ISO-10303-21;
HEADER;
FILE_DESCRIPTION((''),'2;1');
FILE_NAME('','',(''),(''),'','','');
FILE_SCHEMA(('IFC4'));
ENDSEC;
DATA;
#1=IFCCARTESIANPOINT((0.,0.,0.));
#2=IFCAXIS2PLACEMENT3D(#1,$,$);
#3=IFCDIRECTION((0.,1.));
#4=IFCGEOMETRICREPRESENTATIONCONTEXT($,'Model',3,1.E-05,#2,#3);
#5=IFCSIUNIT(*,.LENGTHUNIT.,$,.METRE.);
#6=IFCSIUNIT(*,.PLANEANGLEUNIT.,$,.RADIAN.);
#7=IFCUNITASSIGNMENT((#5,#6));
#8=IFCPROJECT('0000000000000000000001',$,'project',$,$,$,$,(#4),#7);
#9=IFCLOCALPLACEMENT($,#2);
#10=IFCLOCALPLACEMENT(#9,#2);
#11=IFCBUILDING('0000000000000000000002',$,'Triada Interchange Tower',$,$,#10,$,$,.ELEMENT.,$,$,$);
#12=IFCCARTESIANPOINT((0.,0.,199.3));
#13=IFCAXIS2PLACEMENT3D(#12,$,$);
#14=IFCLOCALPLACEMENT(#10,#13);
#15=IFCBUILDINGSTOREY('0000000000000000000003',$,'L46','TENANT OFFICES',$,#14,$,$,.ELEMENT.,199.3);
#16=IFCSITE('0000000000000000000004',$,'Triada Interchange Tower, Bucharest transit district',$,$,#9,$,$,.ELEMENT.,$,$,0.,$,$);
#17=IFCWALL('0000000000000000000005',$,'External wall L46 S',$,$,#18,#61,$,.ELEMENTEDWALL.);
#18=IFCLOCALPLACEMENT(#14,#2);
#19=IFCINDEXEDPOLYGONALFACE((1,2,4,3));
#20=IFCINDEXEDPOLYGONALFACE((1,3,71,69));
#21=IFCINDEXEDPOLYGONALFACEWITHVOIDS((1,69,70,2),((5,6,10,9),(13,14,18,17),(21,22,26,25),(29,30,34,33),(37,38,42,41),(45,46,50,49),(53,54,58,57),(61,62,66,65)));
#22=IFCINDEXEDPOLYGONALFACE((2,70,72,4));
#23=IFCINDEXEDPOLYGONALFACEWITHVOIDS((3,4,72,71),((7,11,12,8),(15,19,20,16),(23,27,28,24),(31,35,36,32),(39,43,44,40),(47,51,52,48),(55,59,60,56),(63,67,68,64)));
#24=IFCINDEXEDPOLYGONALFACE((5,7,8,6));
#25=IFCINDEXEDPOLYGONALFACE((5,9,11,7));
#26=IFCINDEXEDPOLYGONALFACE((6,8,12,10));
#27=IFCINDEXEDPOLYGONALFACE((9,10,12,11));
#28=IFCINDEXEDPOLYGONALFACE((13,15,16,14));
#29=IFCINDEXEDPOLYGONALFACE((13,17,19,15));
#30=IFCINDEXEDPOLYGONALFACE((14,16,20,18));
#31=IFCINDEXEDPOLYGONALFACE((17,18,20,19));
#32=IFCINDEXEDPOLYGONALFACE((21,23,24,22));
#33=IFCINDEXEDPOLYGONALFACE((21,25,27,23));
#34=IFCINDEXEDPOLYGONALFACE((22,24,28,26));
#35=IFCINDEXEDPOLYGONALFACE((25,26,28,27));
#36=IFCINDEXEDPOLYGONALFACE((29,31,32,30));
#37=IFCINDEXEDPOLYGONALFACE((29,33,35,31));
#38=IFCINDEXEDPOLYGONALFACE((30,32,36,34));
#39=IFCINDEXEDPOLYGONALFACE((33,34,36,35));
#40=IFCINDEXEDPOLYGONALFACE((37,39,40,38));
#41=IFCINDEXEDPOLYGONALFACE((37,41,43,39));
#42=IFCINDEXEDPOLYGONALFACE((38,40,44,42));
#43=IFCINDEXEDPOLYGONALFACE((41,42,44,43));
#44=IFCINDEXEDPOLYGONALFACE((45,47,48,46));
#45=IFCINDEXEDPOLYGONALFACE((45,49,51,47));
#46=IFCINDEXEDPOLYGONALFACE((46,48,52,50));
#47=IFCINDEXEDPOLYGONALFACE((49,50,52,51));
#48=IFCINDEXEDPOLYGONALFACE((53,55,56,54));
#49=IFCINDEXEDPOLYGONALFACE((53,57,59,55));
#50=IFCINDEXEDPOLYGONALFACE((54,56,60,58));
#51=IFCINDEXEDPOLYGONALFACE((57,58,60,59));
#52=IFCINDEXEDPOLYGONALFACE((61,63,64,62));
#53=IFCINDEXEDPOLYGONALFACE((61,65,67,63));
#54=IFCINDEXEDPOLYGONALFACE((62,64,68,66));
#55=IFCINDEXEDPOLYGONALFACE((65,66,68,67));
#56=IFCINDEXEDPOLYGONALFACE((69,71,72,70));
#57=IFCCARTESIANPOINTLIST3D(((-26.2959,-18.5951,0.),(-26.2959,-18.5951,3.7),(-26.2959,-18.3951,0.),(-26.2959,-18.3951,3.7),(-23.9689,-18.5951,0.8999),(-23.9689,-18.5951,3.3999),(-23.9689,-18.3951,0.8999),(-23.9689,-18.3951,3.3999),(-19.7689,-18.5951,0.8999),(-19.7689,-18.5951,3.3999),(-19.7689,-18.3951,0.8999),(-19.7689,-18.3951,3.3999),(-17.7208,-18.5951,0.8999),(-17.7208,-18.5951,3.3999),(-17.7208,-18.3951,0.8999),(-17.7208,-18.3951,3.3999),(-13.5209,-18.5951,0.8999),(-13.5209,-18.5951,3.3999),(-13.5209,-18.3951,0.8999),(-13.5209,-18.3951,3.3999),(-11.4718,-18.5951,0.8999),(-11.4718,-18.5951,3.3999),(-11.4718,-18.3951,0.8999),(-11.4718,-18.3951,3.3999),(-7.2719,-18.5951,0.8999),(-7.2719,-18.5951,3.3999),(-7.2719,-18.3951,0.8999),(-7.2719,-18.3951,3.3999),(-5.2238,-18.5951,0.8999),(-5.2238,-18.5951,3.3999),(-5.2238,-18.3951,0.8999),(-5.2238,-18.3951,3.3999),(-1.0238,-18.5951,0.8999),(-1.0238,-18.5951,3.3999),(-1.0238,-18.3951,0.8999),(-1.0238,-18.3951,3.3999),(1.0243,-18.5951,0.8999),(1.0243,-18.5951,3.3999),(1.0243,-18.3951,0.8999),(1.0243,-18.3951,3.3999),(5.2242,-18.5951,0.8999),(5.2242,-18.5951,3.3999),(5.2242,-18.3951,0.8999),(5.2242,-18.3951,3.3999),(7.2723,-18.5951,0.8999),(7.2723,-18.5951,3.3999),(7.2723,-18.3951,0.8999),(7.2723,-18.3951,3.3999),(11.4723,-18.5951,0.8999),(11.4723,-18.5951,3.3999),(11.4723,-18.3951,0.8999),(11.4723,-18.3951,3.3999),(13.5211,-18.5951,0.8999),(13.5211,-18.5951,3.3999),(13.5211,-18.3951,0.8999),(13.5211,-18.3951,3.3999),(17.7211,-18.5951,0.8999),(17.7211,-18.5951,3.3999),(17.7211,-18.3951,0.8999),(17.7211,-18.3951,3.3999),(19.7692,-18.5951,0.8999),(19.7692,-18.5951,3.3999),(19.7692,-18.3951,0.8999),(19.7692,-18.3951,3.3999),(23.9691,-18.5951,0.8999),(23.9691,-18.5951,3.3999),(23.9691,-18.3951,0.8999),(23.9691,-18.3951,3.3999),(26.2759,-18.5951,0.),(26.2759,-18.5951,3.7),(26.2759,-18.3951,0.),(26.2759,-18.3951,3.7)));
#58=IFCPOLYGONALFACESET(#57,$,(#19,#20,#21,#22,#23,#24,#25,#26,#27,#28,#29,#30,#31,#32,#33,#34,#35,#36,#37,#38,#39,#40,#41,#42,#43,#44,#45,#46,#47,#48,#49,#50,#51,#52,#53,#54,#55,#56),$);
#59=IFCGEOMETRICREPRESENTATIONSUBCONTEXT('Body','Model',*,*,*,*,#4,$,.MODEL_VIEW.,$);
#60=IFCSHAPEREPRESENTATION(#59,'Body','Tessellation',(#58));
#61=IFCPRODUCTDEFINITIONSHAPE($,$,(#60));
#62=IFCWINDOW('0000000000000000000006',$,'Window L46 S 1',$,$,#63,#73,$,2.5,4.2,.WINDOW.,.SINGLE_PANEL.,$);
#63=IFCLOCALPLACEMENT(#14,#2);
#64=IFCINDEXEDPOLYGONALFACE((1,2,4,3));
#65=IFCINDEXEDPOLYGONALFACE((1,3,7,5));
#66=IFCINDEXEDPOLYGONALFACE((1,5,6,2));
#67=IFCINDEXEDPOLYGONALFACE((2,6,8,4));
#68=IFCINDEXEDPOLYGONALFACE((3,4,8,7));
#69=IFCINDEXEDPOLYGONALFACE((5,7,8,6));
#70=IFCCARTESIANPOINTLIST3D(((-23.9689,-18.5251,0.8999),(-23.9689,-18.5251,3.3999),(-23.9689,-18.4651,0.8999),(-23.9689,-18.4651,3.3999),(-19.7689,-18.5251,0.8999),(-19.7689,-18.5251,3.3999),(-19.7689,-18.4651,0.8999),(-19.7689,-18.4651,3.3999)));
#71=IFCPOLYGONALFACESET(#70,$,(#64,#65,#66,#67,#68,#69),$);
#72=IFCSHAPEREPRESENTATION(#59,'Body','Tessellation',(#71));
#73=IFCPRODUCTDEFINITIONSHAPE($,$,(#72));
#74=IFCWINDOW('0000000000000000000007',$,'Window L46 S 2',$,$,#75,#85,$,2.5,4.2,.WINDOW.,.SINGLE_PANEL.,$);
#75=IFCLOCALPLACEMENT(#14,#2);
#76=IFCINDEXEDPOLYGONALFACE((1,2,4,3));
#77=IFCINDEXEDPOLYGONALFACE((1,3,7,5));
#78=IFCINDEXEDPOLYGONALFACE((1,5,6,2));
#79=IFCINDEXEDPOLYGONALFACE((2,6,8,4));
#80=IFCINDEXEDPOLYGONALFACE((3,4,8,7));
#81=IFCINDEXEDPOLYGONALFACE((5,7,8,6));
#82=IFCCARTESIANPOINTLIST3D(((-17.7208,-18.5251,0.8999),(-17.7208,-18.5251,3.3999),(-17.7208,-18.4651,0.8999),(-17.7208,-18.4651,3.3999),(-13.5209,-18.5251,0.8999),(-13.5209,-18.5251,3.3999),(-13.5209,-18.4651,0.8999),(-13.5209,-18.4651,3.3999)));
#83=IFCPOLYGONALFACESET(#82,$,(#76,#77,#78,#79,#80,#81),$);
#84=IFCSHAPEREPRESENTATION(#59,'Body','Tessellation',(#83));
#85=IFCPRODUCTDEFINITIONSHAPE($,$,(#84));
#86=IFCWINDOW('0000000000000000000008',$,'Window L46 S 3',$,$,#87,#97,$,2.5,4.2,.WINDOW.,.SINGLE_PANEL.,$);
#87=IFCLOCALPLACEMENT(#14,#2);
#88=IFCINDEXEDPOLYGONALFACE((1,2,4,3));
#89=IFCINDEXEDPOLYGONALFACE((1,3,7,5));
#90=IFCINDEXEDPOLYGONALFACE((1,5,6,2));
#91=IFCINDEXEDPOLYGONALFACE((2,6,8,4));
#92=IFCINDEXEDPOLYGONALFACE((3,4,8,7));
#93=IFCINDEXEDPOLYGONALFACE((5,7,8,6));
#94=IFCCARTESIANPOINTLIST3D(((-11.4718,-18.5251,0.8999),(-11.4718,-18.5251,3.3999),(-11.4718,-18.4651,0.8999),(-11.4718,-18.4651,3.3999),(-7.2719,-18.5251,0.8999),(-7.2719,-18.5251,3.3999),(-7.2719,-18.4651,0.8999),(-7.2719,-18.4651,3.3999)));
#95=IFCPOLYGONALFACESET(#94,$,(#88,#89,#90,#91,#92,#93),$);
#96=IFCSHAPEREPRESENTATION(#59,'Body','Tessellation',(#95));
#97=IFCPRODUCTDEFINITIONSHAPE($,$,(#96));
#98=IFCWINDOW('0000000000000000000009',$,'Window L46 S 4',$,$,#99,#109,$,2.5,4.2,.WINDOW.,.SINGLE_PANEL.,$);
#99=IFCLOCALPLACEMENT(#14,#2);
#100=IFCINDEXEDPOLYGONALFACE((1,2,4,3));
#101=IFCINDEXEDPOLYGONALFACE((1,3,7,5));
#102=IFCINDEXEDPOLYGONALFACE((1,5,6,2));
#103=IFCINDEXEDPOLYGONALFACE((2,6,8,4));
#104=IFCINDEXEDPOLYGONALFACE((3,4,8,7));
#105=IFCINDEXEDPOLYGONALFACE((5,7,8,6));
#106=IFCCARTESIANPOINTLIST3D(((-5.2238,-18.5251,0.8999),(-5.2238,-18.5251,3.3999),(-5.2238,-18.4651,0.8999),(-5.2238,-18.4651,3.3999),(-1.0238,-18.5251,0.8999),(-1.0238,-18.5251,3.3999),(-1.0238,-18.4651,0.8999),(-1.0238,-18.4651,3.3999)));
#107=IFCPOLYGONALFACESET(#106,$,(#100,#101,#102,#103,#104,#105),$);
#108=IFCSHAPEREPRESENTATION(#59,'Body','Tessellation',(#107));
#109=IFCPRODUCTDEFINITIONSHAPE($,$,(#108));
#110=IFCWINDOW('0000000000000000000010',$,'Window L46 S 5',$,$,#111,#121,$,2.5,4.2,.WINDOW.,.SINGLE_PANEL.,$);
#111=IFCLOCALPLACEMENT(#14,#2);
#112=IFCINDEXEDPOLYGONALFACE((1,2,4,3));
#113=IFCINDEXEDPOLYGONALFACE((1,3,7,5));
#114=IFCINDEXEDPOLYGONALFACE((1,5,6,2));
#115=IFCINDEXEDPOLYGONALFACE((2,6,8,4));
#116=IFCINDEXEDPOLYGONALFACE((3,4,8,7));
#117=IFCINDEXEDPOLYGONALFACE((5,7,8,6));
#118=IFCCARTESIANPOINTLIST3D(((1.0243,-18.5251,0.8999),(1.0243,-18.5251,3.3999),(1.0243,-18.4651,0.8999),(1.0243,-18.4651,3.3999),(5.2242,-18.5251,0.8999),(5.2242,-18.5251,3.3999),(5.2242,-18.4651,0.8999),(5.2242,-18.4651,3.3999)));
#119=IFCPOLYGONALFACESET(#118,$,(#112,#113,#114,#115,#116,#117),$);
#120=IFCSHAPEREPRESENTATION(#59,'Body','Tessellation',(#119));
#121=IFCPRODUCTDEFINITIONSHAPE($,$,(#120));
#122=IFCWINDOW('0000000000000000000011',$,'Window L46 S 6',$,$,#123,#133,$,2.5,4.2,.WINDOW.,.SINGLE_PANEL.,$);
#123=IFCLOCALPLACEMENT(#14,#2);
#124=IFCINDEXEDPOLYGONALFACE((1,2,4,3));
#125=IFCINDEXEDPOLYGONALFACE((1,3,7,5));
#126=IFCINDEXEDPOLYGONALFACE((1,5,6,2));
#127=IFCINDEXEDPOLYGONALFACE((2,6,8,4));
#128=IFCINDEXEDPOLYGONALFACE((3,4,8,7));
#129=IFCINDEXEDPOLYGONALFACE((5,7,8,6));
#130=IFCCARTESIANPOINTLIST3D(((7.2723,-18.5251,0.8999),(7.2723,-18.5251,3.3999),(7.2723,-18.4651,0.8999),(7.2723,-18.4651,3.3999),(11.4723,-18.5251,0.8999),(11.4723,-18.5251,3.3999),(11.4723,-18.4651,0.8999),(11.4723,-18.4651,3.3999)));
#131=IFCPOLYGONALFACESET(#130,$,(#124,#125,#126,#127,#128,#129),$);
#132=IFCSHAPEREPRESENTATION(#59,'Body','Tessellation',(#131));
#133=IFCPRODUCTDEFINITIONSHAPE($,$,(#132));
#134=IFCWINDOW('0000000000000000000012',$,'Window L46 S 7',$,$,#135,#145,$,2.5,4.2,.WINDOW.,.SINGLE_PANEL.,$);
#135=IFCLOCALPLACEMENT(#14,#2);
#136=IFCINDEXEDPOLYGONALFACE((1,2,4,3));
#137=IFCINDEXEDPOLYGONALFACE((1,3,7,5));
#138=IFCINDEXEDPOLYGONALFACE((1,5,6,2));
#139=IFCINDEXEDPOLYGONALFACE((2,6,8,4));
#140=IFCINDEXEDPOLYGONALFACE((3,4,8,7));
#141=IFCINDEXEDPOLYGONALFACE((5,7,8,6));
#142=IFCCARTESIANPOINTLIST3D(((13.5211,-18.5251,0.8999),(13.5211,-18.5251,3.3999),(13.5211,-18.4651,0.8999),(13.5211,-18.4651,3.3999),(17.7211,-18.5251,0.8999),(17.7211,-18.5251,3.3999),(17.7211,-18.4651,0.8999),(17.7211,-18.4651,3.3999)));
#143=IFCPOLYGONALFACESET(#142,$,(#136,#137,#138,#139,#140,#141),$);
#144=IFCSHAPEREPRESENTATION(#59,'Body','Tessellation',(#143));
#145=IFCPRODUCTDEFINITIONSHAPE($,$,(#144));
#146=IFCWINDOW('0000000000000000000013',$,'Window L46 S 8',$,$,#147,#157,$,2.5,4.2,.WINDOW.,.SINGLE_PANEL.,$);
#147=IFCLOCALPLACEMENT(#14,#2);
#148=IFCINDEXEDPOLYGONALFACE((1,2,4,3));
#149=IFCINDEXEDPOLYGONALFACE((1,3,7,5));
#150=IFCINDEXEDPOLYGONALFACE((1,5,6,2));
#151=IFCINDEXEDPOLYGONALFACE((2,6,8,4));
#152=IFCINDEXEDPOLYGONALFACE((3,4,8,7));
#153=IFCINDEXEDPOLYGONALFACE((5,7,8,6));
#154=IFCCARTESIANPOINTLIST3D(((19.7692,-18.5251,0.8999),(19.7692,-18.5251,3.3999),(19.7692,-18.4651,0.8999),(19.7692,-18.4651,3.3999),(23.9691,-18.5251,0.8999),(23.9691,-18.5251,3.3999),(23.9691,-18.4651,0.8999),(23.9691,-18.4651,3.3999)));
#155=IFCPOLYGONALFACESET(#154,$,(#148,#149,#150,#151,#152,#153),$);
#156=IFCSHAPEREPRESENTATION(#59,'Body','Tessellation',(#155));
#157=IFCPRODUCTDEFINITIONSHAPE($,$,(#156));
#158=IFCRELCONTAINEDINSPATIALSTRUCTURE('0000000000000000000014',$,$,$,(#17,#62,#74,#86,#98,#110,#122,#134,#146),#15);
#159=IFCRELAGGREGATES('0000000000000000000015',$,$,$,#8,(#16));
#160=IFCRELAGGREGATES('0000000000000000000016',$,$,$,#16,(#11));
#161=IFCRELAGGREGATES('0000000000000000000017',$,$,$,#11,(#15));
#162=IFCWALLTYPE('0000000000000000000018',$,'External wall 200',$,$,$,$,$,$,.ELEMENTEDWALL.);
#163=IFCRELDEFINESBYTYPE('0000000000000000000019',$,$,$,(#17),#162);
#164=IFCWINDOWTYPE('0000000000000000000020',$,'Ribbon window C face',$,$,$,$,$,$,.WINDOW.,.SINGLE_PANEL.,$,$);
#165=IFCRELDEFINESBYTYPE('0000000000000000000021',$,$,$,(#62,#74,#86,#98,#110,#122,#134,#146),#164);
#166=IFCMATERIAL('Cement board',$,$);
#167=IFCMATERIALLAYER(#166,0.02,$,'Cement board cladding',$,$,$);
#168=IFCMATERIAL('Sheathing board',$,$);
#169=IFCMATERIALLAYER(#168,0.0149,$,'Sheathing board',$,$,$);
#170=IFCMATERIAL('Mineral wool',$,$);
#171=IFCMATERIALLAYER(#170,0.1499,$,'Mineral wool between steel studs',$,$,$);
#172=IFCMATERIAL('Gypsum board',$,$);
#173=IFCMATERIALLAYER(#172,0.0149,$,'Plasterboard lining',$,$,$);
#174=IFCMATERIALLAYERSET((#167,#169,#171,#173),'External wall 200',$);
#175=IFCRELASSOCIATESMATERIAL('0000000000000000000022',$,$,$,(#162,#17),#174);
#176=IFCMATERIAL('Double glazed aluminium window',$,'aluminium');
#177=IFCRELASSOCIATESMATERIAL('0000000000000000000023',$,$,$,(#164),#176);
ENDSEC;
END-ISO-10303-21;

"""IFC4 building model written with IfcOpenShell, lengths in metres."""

from ifc_helpers import new_model, si_unit, direction, frame, frame_2d, origin, place, context, subcontext, project, spatial, rectangle, extrude, material, layer, layer_set, layer_usage, type_object, element, fill, save


model = new_model("IFC4")

# Units and contexts
model_context = context("Model", 3, precision=1e-05, world=origin(), true_north=direction((0.0, 1.0)))
body_context = subcontext(model_context, "Body", "Model", "MODEL_VIEW")
ifc_project = project(units=[si_unit("LENGTHUNIT", "METRE"), si_unit("PLANEANGLEUNIT", "RADIAN")], contexts=[model_context])

# Site, building, storey
site_placement = place(None, origin())
site = spatial("IfcSite", under=ifc_project, at=site_placement, Name="Triada Interchange Tower, Bucharest transit district", CompositionType="ELEMENT", RefElevation=0.0)
building_placement = place(site_placement, origin())
building = spatial("IfcBuilding", under=site, at=building_placement, Name="Triada Interchange Tower", CompositionType="ELEMENT")
storey_placement = place(building_placement, frame((0.0, 0.0, 199.3)))
storey = spatial("IfcBuildingStorey", under=building, at=storey_placement, Name="L46", Description="TENANT OFFICES", CompositionType="ELEMENT", Elevation=199.3)

# Shared definitions
ifc_material_1 = material(Name="Cement board")
ifc_layer_1 = layer(ifc_material_1, 0.02, Name="Cement board cladding")
ifc_material_2 = material(Name="Sheathing board")
ifc_layer_2 = layer(ifc_material_2, 0.0149, Name="Sheathing board")
ifc_material_3 = material(Name="Mineral wool")
ifc_layer_3 = layer(ifc_material_3, 0.1499, Name="Mineral wool between steel studs")
ifc_material_4 = material(Name="Gypsum board")
ifc_layer_4 = layer(ifc_material_4, 0.0149, Name="Plasterboard lining")
ifc_layer_set_1 = layer_set([ifc_layer_1, ifc_layer_2, ifc_layer_3, ifc_layer_4], Name="External wall 200")
ifc_layer_usage = layer_usage(ifc_layer_set_1, "AXIS2", "POSITIVE", -0.1001)
wall_type_1 = type_object("IfcWallType", Name="External wall 200", PredefinedType="ELEMENTEDWALL", material=ifc_layer_set_1)
ifc_material_5 = material(Name="Double glazed aluminium window", Category="aluminium")

# Wall, openings, windows
wall_1_placement = place(storey_placement, frame((-26.2959, -18.4951, 0.0), z_axis=(0.0, 0.0, 1.0), x_axis=(1.0, 0.0, 0.0)))
wall_1 = element("IfcWall", 1, at=wall_1_placement, inside=storey, type_object=wall_type_1, material=ifc_layer_usage, Name="External wall L46 S", PredefinedType="ELEMENTEDWALL", context=body_context, shape_type="SweptSolid", body=[
    extrude(rectangle(XDim=52.5718, YDim=0.2, at=frame_2d((26.2859, 0.0))), origin(), (0.0, 0.0, 1.0), 3.7),
])
opening_1_placement = place(wall_1_placement, frame((2.3269, 0.0, 0.8999)))
opening_1 = element("IfcOpeningElement", 2, at=opening_1_placement, cuts=wall_1, PredefinedType="OPENING", context=body_context, shape_type="SweptSolid", body=[
    extrude(rectangle(XDim=4.2, YDim=2.5, at=frame_2d((2.1001, 1.25))), frame((0.0, 0.1099, 0.0), z_axis=(0.0, -1.0, 0.0), x_axis=(1.0, 0.0, 0.0)), (0.0, 0.0, 1.0), 0.22),
])
opening_2_placement = place(wall_1_placement, frame((8.575, 0.0, 0.8999)))
opening_2 = element("IfcOpeningElement", 3, at=opening_2_placement, cuts=wall_1, PredefinedType="OPENING", context=body_context, shape_type="SweptSolid", body=[
    extrude(rectangle(XDim=4.2, YDim=2.5, at=frame_2d((2.1001, 1.25))), frame((0.0, 0.1099, 0.0), z_axis=(0.0, -1.0, 0.0), x_axis=(1.0, 0.0, 0.0)), (0.0, 0.0, 1.0), 0.22),
])
opening_3_placement = place(wall_1_placement, frame((14.824, 0.0, 0.8999)))
opening_3 = element("IfcOpeningElement", 4, at=opening_3_placement, cuts=wall_1, PredefinedType="OPENING", context=body_context, shape_type="SweptSolid", body=[
    extrude(rectangle(XDim=4.2, YDim=2.5, at=frame_2d((2.1001, 1.25))), frame((0.0, 0.1099, 0.0), z_axis=(0.0, -1.0, 0.0), x_axis=(1.0, 0.0, 0.0)), (0.0, 0.0, 1.0), 0.22),
])
opening_4_placement = place(wall_1_placement, frame((21.072, 0.0, 0.8999)))
opening_4 = element("IfcOpeningElement", 5, at=opening_4_placement, cuts=wall_1, PredefinedType="OPENING", context=body_context, shape_type="SweptSolid", body=[
    extrude(rectangle(XDim=4.2, YDim=2.5, at=frame_2d((2.1001, 1.25))), frame((0.0, 0.1099, 0.0), z_axis=(0.0, -1.0, 0.0), x_axis=(1.0, 0.0, 0.0)), (0.0, 0.0, 1.0), 0.22),
])
opening_5_placement = place(wall_1_placement, frame((27.3201, 0.0, 0.8999)))
opening_5 = element("IfcOpeningElement", 6, at=opening_5_placement, cuts=wall_1, PredefinedType="OPENING", context=body_context, shape_type="SweptSolid", body=[
    extrude(rectangle(XDim=4.2, YDim=2.5, at=frame_2d((2.1001, 1.25))), frame((0.0, 0.1099, 0.0), z_axis=(0.0, -1.0, 0.0), x_axis=(1.0, 0.0, 0.0)), (0.0, 0.0, 1.0), 0.22),
])
opening_6_placement = place(wall_1_placement, frame((33.5681, 0.0, 0.8999)))
opening_6 = element("IfcOpeningElement", 7, at=opening_6_placement, cuts=wall_1, PredefinedType="OPENING", context=body_context, shape_type="SweptSolid", body=[
    extrude(rectangle(XDim=4.2, YDim=2.5, at=frame_2d((2.1001, 1.25))), frame((0.0, 0.1099, 0.0), z_axis=(0.0, -1.0, 0.0), x_axis=(1.0, 0.0, 0.0)), (0.0, 0.0, 1.0), 0.22),
])
opening_7_placement = place(wall_1_placement, frame((39.8169, 0.0, 0.8999)))
opening_7 = element("IfcOpeningElement", 8, at=opening_7_placement, cuts=wall_1, PredefinedType="OPENING", context=body_context, shape_type="SweptSolid", body=[
    extrude(rectangle(XDim=4.2, YDim=2.5, at=frame_2d((2.1001, 1.25))), frame((0.0, 0.1099, 0.0), z_axis=(0.0, -1.0, 0.0), x_axis=(1.0, 0.0, 0.0)), (0.0, 0.0, 1.0), 0.22),
])
opening_8_placement = place(wall_1_placement, frame((46.0649, 0.0, 0.8999)))
opening_8 = element("IfcOpeningElement", 9, at=opening_8_placement, cuts=wall_1, PredefinedType="OPENING", context=body_context, shape_type="SweptSolid", body=[
    extrude(rectangle(XDim=4.2, YDim=2.5, at=frame_2d((2.1001, 1.25))), frame((0.0, 0.1099, 0.0), z_axis=(0.0, -1.0, 0.0), x_axis=(1.0, 0.0, 0.0)), (0.0, 0.0, 1.0), 0.22),
])
window_type_1 = type_object("IfcWindowType", Name="Ribbon window C face", PartitioningType="SINGLE_PANEL", PredefinedType="WINDOW", material=ifc_material_5)
window_1_placement = place(opening_1_placement, origin())
window_1 = element("IfcWindow", 10, at=window_1_placement, inside=storey, type_object=window_type_1, Name="Window L46 S 1", OverallHeight=2.5, OverallWidth=4.2, PartitioningType="SINGLE_PANEL", PredefinedType="WINDOW", context=body_context, shape_type="SweptSolid", body=[
    extrude(rectangle(XDim=4.2, YDim=2.5, at=frame_2d((2.1001, 1.25))), frame((0.0, 0.03, 0.0), z_axis=(0.0, -1.0, 0.0), x_axis=(1.0, 0.0, 0.0)), (0.0, 0.0, 1.0), 0.0601),
])
fill(opening_1, window_1)
window_2_placement = place(opening_2_placement, origin())
window_2 = element("IfcWindow", 11, at=window_2_placement, inside=storey, type_object=window_type_1, Name="Window L46 S 2", OverallHeight=2.5, OverallWidth=4.2, PartitioningType="SINGLE_PANEL", PredefinedType="WINDOW", context=body_context, shape_type="SweptSolid", body=[
    extrude(rectangle(XDim=4.2, YDim=2.5, at=frame_2d((2.1001, 1.25))), frame((0.0, 0.03, 0.0), z_axis=(0.0, -1.0, 0.0), x_axis=(1.0, 0.0, 0.0)), (0.0, 0.0, 1.0), 0.0601),
])
fill(opening_2, window_2)
window_3_placement = place(opening_3_placement, origin())
window_3 = element("IfcWindow", 12, at=window_3_placement, inside=storey, type_object=window_type_1, Name="Window L46 S 3", OverallHeight=2.5, OverallWidth=4.2, PartitioningType="SINGLE_PANEL", PredefinedType="WINDOW", context=body_context, shape_type="SweptSolid", body=[
    extrude(rectangle(XDim=4.2, YDim=2.5, at=frame_2d((2.1001, 1.25))), frame((0.0, 0.03, 0.0), z_axis=(0.0, -1.0, 0.0), x_axis=(1.0, 0.0, 0.0)), (0.0, 0.0, 1.0), 0.0601),
])
fill(opening_3, window_3)
window_4_placement = place(opening_4_placement, origin())
window_4 = element("IfcWindow", 13, at=window_4_placement, inside=storey, type_object=window_type_1, Name="Window L46 S 4", OverallHeight=2.5, OverallWidth=4.2, PartitioningType="SINGLE_PANEL", PredefinedType="WINDOW", context=body_context, shape_type="SweptSolid", body=[
    extrude(rectangle(XDim=4.2, YDim=2.5, at=frame_2d((2.1001, 1.25))), frame((0.0, 0.03, 0.0), z_axis=(0.0, -1.0, 0.0), x_axis=(1.0, 0.0, 0.0)), (0.0, 0.0, 1.0), 0.0601),
])
fill(opening_4, window_4)
window_5_placement = place(opening_5_placement, origin())
window_5 = element("IfcWindow", 14, at=window_5_placement, inside=storey, type_object=window_type_1, Name="Window L46 S 5", OverallHeight=2.5, OverallWidth=4.2, PartitioningType="SINGLE_PANEL", PredefinedType="WINDOW", context=body_context, shape_type="SweptSolid", body=[
    extrude(rectangle(XDim=4.2, YDim=2.5, at=frame_2d((2.1001, 1.25))), frame((0.0, 0.03, 0.0), z_axis=(0.0, -1.0, 0.0), x_axis=(1.0, 0.0, 0.0)), (0.0, 0.0, 1.0), 0.0601),
])
fill(opening_5, window_5)
window_6_placement = place(opening_6_placement, origin())
window_6 = element("IfcWindow", 15, at=window_6_placement, inside=storey, type_object=window_type_1, Name="Window L46 S 6", OverallHeight=2.5, OverallWidth=4.2, PartitioningType="SINGLE_PANEL", PredefinedType="WINDOW", context=body_context, shape_type="SweptSolid", body=[
    extrude(rectangle(XDim=4.2, YDim=2.5, at=frame_2d((2.1001, 1.25))), frame((0.0, 0.03, 0.0), z_axis=(0.0, -1.0, 0.0), x_axis=(1.0, 0.0, 0.0)), (0.0, 0.0, 1.0), 0.0601),
])
fill(opening_6, window_6)
window_7_placement = place(opening_7_placement, origin())
window_7 = element("IfcWindow", 16, at=window_7_placement, inside=storey, type_object=window_type_1, Name="Window L46 S 7", OverallHeight=2.5, OverallWidth=4.2, PartitioningType="SINGLE_PANEL", PredefinedType="WINDOW", context=body_context, shape_type="SweptSolid", body=[
    extrude(rectangle(XDim=4.2, YDim=2.5, at=frame_2d((2.1001, 1.25))), frame((0.0, 0.03, 0.0), z_axis=(0.0, -1.0, 0.0), x_axis=(1.0, 0.0, 0.0)), (0.0, 0.0, 1.0), 0.0601),
])
fill(opening_7, window_7)
window_8_placement = place(opening_8_placement, origin())
window_8 = element("IfcWindow", 17, at=window_8_placement, inside=storey, type_object=window_type_1, Name="Window L46 S 8", OverallHeight=2.5, OverallWidth=4.2, PartitioningType="SINGLE_PANEL", PredefinedType="WINDOW", context=body_context, shape_type="SweptSolid", body=[
    extrude(rectangle(XDim=4.2, YDim=2.5, at=frame_2d((2.1001, 1.25))), frame((0.0, 0.03, 0.0), z_axis=(0.0, -1.0, 0.0), x_axis=(1.0, 0.0, 0.0)), (0.0, 0.0, 1.0), 0.0601),
])
fill(opening_8, window_8)

save(model, "model.ifc")
